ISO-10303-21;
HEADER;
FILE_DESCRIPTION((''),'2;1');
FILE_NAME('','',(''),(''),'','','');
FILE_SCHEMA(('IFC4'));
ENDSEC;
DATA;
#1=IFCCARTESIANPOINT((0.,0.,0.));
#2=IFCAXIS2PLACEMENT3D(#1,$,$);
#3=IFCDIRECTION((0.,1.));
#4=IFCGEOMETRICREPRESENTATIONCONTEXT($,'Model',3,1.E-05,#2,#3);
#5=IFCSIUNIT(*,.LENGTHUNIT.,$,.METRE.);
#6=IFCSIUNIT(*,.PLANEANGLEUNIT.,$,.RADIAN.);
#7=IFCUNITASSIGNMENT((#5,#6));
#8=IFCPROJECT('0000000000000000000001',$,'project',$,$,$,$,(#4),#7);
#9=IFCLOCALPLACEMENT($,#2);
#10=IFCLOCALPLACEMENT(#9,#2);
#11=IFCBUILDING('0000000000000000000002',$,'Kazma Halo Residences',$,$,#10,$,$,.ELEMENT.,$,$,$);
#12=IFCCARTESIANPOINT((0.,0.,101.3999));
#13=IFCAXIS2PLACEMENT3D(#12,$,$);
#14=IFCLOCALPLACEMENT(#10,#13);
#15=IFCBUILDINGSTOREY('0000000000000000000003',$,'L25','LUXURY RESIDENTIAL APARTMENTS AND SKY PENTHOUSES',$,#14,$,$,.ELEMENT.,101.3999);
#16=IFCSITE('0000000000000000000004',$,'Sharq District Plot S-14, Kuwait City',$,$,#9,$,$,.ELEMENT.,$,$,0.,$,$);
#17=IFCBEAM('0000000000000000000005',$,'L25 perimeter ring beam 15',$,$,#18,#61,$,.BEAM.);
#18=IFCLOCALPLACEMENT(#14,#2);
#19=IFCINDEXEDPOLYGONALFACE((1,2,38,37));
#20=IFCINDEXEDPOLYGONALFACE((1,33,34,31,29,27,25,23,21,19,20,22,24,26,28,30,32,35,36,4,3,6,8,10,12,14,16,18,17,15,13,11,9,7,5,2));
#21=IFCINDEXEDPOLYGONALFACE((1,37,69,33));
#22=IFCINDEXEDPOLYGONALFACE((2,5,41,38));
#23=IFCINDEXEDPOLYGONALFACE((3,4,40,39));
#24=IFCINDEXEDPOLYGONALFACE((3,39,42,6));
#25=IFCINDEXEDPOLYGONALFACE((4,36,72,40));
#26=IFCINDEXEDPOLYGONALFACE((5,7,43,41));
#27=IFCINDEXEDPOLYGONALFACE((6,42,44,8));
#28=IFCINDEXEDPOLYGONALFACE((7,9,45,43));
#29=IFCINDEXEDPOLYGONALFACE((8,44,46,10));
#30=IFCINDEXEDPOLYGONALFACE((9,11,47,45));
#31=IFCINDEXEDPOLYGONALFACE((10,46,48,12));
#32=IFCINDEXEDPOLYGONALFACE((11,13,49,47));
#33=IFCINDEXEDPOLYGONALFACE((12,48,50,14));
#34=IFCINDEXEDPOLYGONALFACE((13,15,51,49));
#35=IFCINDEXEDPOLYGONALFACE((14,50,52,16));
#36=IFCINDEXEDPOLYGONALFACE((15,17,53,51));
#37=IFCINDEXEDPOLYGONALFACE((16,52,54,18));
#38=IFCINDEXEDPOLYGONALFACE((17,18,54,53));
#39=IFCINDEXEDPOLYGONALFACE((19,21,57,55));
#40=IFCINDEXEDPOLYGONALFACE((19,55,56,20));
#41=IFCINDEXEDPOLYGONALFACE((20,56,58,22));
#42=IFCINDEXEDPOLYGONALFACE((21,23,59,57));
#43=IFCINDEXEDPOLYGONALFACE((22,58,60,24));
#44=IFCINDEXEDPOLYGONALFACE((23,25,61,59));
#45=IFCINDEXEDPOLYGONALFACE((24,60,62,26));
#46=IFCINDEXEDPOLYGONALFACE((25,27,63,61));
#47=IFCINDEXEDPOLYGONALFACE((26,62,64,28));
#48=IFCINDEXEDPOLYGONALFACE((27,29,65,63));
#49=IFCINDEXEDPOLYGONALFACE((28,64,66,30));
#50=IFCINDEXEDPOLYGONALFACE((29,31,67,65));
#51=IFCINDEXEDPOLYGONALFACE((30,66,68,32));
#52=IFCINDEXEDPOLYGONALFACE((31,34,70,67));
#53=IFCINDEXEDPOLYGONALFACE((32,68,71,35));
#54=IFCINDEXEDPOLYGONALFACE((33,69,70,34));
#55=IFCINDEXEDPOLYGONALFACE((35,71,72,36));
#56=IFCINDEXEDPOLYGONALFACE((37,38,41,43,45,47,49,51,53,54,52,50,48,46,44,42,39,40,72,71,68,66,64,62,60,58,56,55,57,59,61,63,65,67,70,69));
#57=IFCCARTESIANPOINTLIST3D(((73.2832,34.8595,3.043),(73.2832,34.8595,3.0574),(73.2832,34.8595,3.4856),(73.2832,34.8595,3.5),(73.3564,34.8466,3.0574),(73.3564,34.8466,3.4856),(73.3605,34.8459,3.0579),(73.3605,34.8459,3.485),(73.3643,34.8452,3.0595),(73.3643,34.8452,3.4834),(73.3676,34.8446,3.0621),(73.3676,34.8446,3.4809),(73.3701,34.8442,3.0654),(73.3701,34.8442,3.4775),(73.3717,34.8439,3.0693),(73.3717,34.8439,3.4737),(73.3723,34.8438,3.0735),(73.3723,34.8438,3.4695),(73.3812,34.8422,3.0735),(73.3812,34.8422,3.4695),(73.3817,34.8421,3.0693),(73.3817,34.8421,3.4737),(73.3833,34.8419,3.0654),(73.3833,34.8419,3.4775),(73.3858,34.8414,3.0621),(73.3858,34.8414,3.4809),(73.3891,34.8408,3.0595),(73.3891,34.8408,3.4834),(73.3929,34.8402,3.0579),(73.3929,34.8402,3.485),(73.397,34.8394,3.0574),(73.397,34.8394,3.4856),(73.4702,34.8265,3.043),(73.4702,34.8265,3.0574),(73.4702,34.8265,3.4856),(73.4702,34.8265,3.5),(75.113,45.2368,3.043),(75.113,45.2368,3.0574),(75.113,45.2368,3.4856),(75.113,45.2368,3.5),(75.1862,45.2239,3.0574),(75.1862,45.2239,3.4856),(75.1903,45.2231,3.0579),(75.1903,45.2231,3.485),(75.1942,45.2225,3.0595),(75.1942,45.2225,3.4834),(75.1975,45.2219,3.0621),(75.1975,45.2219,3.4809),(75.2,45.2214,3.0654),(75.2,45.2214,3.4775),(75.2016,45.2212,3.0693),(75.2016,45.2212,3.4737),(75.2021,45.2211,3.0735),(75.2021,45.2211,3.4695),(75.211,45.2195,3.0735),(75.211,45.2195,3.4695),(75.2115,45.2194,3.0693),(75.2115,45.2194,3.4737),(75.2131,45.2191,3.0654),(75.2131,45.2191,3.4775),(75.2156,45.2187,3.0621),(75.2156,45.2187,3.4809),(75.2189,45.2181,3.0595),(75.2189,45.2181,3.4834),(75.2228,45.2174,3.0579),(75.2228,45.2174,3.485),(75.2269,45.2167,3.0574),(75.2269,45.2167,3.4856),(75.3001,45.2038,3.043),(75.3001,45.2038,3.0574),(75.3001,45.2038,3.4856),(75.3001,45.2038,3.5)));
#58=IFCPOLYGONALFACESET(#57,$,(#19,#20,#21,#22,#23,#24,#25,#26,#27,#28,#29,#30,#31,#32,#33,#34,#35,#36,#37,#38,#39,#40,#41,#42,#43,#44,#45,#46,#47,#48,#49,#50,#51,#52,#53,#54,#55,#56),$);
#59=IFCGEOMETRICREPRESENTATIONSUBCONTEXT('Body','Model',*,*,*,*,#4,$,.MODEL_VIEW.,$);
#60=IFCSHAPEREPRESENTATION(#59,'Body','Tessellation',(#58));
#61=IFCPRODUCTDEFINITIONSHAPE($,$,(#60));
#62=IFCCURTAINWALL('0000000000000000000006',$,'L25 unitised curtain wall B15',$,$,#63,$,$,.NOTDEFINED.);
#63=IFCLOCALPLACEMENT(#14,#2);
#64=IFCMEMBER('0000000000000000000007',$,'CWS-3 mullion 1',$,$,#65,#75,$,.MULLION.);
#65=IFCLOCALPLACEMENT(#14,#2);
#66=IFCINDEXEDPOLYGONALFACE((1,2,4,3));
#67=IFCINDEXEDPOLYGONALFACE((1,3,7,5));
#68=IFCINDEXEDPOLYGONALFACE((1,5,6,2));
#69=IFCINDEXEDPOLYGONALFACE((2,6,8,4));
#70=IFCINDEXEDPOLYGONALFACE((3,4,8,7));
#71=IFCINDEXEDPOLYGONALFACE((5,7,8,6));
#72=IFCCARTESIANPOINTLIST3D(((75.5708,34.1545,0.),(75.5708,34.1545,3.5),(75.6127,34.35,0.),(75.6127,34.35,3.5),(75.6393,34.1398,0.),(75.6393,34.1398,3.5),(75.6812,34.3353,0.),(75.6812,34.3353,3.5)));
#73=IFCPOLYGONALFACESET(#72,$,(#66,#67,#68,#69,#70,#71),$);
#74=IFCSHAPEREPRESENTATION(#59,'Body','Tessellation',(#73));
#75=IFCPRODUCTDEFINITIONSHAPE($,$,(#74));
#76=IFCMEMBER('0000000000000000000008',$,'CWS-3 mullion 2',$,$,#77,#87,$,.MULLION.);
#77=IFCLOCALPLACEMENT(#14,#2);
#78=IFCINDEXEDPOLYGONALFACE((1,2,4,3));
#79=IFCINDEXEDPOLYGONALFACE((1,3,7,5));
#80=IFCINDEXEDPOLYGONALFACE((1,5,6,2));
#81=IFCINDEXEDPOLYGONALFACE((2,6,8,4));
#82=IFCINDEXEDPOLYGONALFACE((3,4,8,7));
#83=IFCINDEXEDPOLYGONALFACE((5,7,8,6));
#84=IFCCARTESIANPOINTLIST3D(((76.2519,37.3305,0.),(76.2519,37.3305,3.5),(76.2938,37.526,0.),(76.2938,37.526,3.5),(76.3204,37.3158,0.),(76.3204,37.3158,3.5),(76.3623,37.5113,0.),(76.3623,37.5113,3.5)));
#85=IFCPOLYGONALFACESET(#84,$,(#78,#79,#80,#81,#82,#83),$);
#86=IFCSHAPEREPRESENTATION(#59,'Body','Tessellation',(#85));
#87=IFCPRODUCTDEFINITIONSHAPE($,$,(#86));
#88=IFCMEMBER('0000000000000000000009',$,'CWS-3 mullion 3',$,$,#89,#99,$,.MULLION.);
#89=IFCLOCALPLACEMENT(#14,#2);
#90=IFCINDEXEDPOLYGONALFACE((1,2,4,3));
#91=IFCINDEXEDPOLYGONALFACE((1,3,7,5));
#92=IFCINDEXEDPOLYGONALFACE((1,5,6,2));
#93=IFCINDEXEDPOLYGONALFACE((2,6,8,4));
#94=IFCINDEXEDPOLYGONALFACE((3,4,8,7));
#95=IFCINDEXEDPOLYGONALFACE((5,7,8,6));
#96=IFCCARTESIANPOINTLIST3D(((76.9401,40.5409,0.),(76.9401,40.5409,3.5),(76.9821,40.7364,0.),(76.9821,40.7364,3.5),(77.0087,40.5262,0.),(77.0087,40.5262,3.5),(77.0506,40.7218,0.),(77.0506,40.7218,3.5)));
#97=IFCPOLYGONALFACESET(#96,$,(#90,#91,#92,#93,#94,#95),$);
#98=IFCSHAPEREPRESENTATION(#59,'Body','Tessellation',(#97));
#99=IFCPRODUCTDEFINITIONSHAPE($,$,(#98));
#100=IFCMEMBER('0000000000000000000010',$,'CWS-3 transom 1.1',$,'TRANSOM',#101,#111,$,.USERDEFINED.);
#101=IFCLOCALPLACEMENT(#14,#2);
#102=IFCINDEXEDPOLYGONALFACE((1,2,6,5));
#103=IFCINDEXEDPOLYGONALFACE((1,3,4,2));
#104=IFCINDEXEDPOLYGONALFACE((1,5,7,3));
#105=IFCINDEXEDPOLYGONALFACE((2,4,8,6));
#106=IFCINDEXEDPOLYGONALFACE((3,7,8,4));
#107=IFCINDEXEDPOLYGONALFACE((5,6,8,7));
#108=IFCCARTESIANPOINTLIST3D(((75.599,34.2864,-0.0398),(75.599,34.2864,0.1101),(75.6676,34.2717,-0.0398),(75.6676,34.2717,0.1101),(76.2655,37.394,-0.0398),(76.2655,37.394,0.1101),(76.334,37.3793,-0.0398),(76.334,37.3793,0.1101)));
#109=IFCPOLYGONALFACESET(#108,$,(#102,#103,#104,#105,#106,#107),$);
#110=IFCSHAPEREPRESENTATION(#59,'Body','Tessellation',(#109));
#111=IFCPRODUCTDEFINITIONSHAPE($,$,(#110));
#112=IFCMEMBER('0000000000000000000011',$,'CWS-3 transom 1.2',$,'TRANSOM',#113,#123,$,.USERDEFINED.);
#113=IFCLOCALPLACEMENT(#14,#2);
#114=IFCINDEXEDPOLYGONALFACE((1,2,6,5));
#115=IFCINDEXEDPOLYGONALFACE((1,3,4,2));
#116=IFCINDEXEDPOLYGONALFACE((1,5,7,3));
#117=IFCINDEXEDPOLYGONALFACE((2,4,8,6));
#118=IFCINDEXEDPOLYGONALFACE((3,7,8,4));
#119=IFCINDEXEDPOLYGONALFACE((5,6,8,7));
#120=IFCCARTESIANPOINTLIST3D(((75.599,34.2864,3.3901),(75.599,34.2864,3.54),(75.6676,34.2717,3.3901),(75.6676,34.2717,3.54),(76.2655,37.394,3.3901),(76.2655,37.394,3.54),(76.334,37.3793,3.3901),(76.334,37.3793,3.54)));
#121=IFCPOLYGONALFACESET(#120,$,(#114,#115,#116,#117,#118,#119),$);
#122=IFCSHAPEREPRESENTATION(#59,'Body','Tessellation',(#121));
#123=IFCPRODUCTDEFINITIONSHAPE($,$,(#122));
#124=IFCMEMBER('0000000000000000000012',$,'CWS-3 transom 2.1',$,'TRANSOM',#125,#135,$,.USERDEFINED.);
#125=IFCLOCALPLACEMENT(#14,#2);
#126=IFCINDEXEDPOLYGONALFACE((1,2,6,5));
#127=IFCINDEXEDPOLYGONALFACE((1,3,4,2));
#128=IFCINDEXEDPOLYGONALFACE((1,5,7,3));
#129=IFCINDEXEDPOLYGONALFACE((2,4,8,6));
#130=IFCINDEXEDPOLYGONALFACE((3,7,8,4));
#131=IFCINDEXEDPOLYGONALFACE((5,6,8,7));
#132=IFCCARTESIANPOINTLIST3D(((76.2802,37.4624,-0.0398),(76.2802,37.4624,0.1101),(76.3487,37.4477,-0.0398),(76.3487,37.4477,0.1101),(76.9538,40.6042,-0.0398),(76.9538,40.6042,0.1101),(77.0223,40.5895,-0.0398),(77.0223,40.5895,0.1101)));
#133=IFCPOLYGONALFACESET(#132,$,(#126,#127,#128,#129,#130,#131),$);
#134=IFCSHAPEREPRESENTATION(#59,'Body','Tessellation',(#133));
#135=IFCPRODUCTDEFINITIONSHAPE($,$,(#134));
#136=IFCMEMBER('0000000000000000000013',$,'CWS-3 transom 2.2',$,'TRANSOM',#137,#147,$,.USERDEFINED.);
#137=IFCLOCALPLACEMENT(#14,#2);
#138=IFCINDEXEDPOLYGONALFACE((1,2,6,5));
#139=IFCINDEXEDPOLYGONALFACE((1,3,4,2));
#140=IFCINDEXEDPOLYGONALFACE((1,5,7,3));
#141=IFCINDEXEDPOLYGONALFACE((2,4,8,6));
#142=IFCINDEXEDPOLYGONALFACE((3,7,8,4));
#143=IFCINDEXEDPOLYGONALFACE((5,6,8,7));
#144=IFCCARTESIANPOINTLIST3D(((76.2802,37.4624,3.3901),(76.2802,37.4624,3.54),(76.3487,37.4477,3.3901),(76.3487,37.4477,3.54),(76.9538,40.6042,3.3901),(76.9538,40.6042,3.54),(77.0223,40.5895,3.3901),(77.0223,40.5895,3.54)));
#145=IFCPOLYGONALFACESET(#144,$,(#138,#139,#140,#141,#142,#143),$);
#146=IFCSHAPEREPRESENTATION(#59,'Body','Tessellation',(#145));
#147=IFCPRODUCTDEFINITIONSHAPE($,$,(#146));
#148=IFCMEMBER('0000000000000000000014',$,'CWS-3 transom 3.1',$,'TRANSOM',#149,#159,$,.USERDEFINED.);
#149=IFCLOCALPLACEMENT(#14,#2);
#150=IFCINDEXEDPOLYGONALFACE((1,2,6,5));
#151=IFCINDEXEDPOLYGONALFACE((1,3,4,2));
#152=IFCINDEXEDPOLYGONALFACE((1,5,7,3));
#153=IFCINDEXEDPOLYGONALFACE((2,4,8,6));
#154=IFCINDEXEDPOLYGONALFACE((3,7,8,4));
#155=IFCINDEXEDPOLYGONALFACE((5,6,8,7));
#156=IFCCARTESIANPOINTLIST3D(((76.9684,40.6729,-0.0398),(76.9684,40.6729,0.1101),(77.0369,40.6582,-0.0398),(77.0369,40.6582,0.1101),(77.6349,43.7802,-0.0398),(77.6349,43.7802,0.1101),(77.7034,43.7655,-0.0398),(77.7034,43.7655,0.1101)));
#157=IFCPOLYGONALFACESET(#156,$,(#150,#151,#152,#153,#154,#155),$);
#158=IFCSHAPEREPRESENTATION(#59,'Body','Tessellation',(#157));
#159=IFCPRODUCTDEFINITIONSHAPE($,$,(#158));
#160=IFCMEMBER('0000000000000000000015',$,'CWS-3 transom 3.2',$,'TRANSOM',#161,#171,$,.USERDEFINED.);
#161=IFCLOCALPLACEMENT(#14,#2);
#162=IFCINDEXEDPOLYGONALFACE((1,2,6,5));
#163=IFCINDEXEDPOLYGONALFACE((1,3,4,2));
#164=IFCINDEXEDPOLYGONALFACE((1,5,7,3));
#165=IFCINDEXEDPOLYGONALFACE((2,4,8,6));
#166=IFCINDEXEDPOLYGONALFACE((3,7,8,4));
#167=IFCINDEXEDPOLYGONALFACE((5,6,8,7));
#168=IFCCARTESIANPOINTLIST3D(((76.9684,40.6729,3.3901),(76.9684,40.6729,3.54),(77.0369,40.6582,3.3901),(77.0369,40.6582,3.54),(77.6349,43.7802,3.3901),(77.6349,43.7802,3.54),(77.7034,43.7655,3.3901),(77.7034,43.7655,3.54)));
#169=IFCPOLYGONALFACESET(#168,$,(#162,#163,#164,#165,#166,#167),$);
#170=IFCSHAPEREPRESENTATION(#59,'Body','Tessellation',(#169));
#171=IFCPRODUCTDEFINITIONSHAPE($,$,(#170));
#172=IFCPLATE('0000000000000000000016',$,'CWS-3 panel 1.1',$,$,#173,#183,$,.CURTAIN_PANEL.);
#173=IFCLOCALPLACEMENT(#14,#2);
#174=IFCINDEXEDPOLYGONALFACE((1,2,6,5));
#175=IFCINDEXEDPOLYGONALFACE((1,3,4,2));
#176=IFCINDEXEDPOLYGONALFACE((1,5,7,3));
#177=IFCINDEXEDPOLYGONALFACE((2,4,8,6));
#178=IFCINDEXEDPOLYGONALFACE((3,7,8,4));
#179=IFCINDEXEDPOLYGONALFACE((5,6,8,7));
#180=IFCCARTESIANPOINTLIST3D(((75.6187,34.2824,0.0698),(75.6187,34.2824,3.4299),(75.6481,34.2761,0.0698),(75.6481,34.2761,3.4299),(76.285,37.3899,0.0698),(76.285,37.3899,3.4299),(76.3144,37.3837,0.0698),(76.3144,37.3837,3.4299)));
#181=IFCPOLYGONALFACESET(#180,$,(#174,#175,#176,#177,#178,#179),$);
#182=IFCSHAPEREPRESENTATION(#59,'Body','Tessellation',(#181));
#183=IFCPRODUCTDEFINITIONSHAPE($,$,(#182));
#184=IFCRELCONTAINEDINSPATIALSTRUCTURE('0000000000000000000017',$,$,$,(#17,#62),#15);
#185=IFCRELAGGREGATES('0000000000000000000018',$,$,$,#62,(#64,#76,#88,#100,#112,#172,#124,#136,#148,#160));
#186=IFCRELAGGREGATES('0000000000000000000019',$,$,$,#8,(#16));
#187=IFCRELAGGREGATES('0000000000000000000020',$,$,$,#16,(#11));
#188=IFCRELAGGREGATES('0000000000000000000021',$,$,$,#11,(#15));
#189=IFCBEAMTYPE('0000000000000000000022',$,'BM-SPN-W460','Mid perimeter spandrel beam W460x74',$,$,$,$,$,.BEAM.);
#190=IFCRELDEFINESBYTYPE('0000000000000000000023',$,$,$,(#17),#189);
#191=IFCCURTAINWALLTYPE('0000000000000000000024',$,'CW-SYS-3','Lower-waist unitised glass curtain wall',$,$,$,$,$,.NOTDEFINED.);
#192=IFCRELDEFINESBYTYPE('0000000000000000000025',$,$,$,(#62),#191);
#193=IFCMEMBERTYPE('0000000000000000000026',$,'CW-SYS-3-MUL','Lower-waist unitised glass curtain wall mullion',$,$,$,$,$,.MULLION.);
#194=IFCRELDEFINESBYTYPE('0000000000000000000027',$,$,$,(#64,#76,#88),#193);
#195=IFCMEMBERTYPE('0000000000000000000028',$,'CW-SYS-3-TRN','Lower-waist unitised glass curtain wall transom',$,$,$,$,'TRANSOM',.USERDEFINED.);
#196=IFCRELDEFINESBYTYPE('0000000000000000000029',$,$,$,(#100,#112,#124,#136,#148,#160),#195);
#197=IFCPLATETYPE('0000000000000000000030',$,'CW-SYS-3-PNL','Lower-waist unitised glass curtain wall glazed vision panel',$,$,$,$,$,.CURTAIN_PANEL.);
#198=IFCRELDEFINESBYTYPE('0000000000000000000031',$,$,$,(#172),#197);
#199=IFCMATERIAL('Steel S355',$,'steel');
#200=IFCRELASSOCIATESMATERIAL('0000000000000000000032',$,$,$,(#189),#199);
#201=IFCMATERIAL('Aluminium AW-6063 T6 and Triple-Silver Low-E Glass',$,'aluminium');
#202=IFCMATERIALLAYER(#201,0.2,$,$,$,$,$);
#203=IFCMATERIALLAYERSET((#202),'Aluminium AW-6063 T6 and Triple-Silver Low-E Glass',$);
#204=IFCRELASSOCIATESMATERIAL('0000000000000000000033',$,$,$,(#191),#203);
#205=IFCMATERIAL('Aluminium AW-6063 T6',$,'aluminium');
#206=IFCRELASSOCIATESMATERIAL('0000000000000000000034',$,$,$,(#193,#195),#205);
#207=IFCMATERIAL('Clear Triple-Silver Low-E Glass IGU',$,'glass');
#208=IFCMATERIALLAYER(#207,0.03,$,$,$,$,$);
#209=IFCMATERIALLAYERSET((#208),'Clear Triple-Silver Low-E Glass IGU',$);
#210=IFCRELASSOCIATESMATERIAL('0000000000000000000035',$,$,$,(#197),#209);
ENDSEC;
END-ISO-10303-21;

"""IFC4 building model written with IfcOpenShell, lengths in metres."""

from ifc_helpers import new_model, si_unit, direction, frame, origin, origin_2d, place, context, subcontext, project, spatial, rectangle, i_section, extrude, material, layer, layer_set, material_profile, profile_set, type_object, element, aggregate, save


model = new_model("IFC4")

# Units and contexts
model_context = context("Model", 3, precision=1e-05, world=origin(), true_north=direction((0.0, 1.0)))
body_context = subcontext(model_context, "Body", "Model", "MODEL_VIEW")
ifc_project = project(units=[si_unit("LENGTHUNIT", "METRE"), si_unit("PLANEANGLEUNIT", "RADIAN")], contexts=[model_context])

# Site, building, storey
site_placement = place(None, origin())
site = spatial("IfcSite", under=ifc_project, at=site_placement, Name="Sharq District Plot S-14, Kuwait City", CompositionType="ELEMENT", RefElevation=0.0)
building_placement = place(site_placement, origin())
building = spatial("IfcBuilding", under=site, at=building_placement, Name="Kazma Halo Residences", CompositionType="ELEMENT")
storey_placement = place(building_placement, frame((0.0, 0.0, 101.3999)))
storey = spatial("IfcBuildingStorey", under=building, at=storey_placement, Name="L25", Description="LUXURY RESIDENTIAL APARTMENTS AND SKY PENTHOUSES", CompositionType="ELEMENT", Elevation=101.3999)

# Beam
ifc_material_1 = material(Name="Steel S355", Category="steel")
ifc_material_profile_1 = material_profile(ifc_material_1, i_section(OverallWidth=0.1899, OverallDepth=0.457, WebThickness=0.009, FlangeThickness=0.0144, FilletRadius=0.0161, at=origin_2d()), Name="W460x74")
ifc_profile_set_1 = profile_set([ifc_material_profile_1], Name="Steel S355")
beam_type_1 = type_object("IfcBeamType", Name="BM-SPN-W460", Description="Mid perimeter spandrel beam W460x74", PredefinedType="BEAM", material=ifc_profile_set_1)
beam_1_placement = place(storey_placement, frame((73.3767, 34.843, 3.2715), z_axis=(0.173653, 0.984807, 0.0), x_axis=(-0.984807, 0.173653, 0.0)))
element("IfcBeam", 1, at=beam_1_placement, inside=storey, type_object=beam_type_1, Name="L25 perimeter ring beam 15", PredefinedType="BEAM", context=body_context, shape_type="SweptSolid", body=[
    extrude(i_section(OverallWidth=0.1899, OverallDepth=0.457, WebThickness=0.009, FlangeThickness=0.0144, FilletRadius=0.0161, at=origin_2d()), origin(), (0.0, 0.0, 1.0), 10.5374),
])

# Curtain wall, members, plate
ifc_material_2 = material(Name="Aluminium AW-6063 T6 and Triple-Silver Low-E Glass", Category="aluminium")
ifc_layer_1 = layer(ifc_material_2, 0.2)
ifc_layer_set_1 = layer_set([ifc_layer_1], Name="Aluminium AW-6063 T6 and Triple-Silver Low-E Glass")
curtain_wall_type = type_object("IfcCurtainWallType", Name="CW-SYS-3", Description="Lower-waist unitised glass curtain wall", PredefinedType="NOTDEFINED", material=ifc_layer_set_1)
curtain_wall_placement = place(storey_placement, origin())
curtain_wall = element("IfcCurtainWall", 2, at=curtain_wall_placement, inside=storey, type_object=curtain_wall_type, Name="L25 unitised curtain wall B15", PredefinedType="NOTDEFINED")
ifc_material_3 = material(Name="Aluminium AW-6063 T6", Category="aluminium")
ifc_material_profile_2 = material_profile(ifc_material_3, rectangle(XDim=0.0701, YDim=0.2, at=origin_2d()), Name="CWM-70x200")
ifc_profile_set_2 = profile_set([ifc_material_profile_2], Name="Aluminium AW-6063 T6")
member_type_1 = type_object("IfcMemberType", Name="CW-SYS-3-MUL", Description="Lower-waist unitised glass curtain wall mullion", PredefinedType="MULLION", material=ifc_profile_set_2)
member_1_placement = place(storey_placement, frame((75.626, 34.2449, 0.0), z_axis=(0.0, 0.0, 1.0), x_axis=(-0.977774, 0.209661, 0.0)))
member_1 = element("IfcMember", 3, at=member_1_placement, type_object=member_type_1, Name="CWS-3 mullion 1", PredefinedType="MULLION", context=body_context, shape_type="SweptSolid", body=[
    extrude(rectangle(XDim=0.0701, YDim=0.2, at=origin_2d()), origin(), (0.0, 0.0, 1.0), 3.5),
])
member_2_placement = place(storey_placement, frame((76.3071, 37.4209, 0.0), z_axis=(0.0, 0.0, 1.0), x_axis=(-0.977774, 0.209661, 0.0)))
member_2 = element("IfcMember", 4, at=member_2_placement, type_object=member_type_1, Name="CWS-3 mullion 2", PredefinedType="MULLION", context=body_context, shape_type="SweptSolid", body=[
    extrude(rectangle(XDim=0.0701, YDim=0.2, at=origin_2d()), origin(), (0.0, 0.0, 1.0), 3.5),
])
member_3_placement = place(storey_placement, frame((76.9954, 40.6313, 0.0), z_axis=(0.0, 0.0, 1.0), x_axis=(-0.977774, 0.209661, 0.0)))
member_3 = element("IfcMember", 5, at=member_3_placement, type_object=member_type_1, Name="CWS-3 mullion 3", PredefinedType="MULLION", context=body_context, shape_type="SweptSolid", body=[
    extrude(rectangle(XDim=0.0701, YDim=0.2, at=origin_2d()), origin(), (0.0, 0.0, 1.0), 3.5),
])
ifc_material_profile_3 = material_profile(ifc_material_3, rectangle(XDim=0.0701, YDim=0.1499, at=origin_2d()), Name="CWT-70x150")
ifc_profile_set_3 = profile_set([ifc_material_profile_3], Name="Aluminium AW-6063 T6")
member_type_2 = type_object("IfcMemberType", Name="CW-SYS-3-TRN", Description="Lower-waist unitised glass curtain wall transom", ElementType="TRANSOM", PredefinedType="USERDEFINED", material=ifc_profile_set_3)
member_4_placement = place(storey_placement, frame((75.6333, 34.2791, 0.0352), z_axis=(0.209702, 0.977765, 0.0), x_axis=(-0.977765, 0.209702, 0.0)))
member_4 = element("IfcMember", 6, at=member_4_placement, type_object=member_type_2, Name="CWS-3 transom 1.1", ObjectType="TRANSOM", PredefinedType="USERDEFINED", context=body_context, shape_type="SweptSolid", body=[
    extrude(rectangle(XDim=0.0701, YDim=0.1499, at=origin_2d()), origin(), (0.0, 0.0, 1.0), 3.1782),
])
member_5_placement = place(storey_placement, frame((75.6333, 34.2791, 3.4651), z_axis=(0.209702, 0.977765, 0.0), x_axis=(-0.977765, 0.209702, 0.0)))
member_5 = element("IfcMember", 7, at=member_5_placement, type_object=member_type_2, Name="CWS-3 transom 1.2", ObjectType="TRANSOM", PredefinedType="USERDEFINED", context=body_context, shape_type="SweptSolid", body=[
    extrude(rectangle(XDim=0.0701, YDim=0.1499, at=origin_2d()), origin(), (0.0, 0.0, 1.0), 3.1782),
])
member_6_placement = place(storey_placement, frame((76.3145, 37.4551, 0.0352), z_axis=(0.209628, 0.977781, 0.0), x_axis=(-0.977781, 0.209628, 0.0)))
member_6 = element("IfcMember", 8, at=member_6_placement, type_object=member_type_2, Name="CWS-3 transom 2.1", ObjectType="TRANSOM", PredefinedType="USERDEFINED", context=body_context, shape_type="SweptSolid", body=[
    extrude(rectangle(XDim=0.0701, YDim=0.1499, at=origin_2d()), origin(), (0.0, 0.0, 1.0), 3.2131),
])
member_7_placement = place(storey_placement, frame((76.3145, 37.4551, 3.4651), z_axis=(0.209628, 0.977781, 0.0), x_axis=(-0.977781, 0.209628, 0.0)))
member_7 = element("IfcMember", 9, at=member_7_placement, type_object=member_type_2, Name="CWS-3 transom 2.2", ObjectType="TRANSOM", PredefinedType="USERDEFINED", context=body_context, shape_type="SweptSolid", body=[
    extrude(rectangle(XDim=0.0701, YDim=0.1499, at=origin_2d()), origin(), (0.0, 0.0, 1.0), 3.2131),
])
member_8_placement = place(storey_placement, frame((77.0027, 40.6655, 0.0352), z_axis=(0.209718, 0.977762, 0.0), x_axis=(-0.977762, 0.209718, 0.0)))
member_8 = element("IfcMember", 10, at=member_8_placement, type_object=member_type_2, Name="CWS-3 transom 3.1", ObjectType="TRANSOM", PredefinedType="USERDEFINED", context=body_context, shape_type="SweptSolid", body=[
    extrude(rectangle(XDim=0.0701, YDim=0.1499, at=origin_2d()), origin(), (0.0, 0.0, 1.0), 3.178),
])
member_9_placement = place(storey_placement, frame((77.0027, 40.6655, 3.4651), z_axis=(0.209718, 0.977762, 0.0), x_axis=(-0.977762, 0.209718, 0.0)))
member_9 = element("IfcMember", 11, at=member_9_placement, type_object=member_type_2, Name="CWS-3 transom 3.2", ObjectType="TRANSOM", PredefinedType="USERDEFINED", context=body_context, shape_type="SweptSolid", body=[
    extrude(rectangle(XDim=0.0701, YDim=0.1499, at=origin_2d()), origin(), (0.0, 0.0, 1.0), 3.178),
])
ifc_material_4 = material(Name="Clear Triple-Silver Low-E Glass IGU", Category="glass")
ifc_layer_2 = layer(ifc_material_4, 0.03)
ifc_layer_set_2 = layer_set([ifc_layer_2], Name="Clear Triple-Silver Low-E Glass IGU")
plate_type = type_object("IfcPlateType", Name="CW-SYS-3-PNL", Description="Lower-waist unitised glass curtain wall glazed vision panel", PredefinedType="CURTAIN_PANEL", material=ifc_layer_set_2)
plate_1_placement = place(storey_placement, frame((75.9666, 35.833, 0.0698), z_axis=(0.0, 0.0, 1.0), x_axis=(0.209661, 0.977774, 0.0)))
plate_1 = element("IfcPlate", 12, at=plate_1_placement, type_object=plate_type, Name="CWS-3 panel 1.1", PredefinedType="CURTAIN_PANEL", context=body_context, shape_type="SweptSolid", body=[
    extrude(rectangle(XDim=3.1782, YDim=0.03, at=origin_2d()), origin(), (0.0, 0.0, 1.0), 3.3601),
])
aggregate(curtain_wall, [member_1, member_2, member_3, member_4, member_5, plate_1, member_6, member_7, member_8, member_9])

save(model, "model.ifc")
